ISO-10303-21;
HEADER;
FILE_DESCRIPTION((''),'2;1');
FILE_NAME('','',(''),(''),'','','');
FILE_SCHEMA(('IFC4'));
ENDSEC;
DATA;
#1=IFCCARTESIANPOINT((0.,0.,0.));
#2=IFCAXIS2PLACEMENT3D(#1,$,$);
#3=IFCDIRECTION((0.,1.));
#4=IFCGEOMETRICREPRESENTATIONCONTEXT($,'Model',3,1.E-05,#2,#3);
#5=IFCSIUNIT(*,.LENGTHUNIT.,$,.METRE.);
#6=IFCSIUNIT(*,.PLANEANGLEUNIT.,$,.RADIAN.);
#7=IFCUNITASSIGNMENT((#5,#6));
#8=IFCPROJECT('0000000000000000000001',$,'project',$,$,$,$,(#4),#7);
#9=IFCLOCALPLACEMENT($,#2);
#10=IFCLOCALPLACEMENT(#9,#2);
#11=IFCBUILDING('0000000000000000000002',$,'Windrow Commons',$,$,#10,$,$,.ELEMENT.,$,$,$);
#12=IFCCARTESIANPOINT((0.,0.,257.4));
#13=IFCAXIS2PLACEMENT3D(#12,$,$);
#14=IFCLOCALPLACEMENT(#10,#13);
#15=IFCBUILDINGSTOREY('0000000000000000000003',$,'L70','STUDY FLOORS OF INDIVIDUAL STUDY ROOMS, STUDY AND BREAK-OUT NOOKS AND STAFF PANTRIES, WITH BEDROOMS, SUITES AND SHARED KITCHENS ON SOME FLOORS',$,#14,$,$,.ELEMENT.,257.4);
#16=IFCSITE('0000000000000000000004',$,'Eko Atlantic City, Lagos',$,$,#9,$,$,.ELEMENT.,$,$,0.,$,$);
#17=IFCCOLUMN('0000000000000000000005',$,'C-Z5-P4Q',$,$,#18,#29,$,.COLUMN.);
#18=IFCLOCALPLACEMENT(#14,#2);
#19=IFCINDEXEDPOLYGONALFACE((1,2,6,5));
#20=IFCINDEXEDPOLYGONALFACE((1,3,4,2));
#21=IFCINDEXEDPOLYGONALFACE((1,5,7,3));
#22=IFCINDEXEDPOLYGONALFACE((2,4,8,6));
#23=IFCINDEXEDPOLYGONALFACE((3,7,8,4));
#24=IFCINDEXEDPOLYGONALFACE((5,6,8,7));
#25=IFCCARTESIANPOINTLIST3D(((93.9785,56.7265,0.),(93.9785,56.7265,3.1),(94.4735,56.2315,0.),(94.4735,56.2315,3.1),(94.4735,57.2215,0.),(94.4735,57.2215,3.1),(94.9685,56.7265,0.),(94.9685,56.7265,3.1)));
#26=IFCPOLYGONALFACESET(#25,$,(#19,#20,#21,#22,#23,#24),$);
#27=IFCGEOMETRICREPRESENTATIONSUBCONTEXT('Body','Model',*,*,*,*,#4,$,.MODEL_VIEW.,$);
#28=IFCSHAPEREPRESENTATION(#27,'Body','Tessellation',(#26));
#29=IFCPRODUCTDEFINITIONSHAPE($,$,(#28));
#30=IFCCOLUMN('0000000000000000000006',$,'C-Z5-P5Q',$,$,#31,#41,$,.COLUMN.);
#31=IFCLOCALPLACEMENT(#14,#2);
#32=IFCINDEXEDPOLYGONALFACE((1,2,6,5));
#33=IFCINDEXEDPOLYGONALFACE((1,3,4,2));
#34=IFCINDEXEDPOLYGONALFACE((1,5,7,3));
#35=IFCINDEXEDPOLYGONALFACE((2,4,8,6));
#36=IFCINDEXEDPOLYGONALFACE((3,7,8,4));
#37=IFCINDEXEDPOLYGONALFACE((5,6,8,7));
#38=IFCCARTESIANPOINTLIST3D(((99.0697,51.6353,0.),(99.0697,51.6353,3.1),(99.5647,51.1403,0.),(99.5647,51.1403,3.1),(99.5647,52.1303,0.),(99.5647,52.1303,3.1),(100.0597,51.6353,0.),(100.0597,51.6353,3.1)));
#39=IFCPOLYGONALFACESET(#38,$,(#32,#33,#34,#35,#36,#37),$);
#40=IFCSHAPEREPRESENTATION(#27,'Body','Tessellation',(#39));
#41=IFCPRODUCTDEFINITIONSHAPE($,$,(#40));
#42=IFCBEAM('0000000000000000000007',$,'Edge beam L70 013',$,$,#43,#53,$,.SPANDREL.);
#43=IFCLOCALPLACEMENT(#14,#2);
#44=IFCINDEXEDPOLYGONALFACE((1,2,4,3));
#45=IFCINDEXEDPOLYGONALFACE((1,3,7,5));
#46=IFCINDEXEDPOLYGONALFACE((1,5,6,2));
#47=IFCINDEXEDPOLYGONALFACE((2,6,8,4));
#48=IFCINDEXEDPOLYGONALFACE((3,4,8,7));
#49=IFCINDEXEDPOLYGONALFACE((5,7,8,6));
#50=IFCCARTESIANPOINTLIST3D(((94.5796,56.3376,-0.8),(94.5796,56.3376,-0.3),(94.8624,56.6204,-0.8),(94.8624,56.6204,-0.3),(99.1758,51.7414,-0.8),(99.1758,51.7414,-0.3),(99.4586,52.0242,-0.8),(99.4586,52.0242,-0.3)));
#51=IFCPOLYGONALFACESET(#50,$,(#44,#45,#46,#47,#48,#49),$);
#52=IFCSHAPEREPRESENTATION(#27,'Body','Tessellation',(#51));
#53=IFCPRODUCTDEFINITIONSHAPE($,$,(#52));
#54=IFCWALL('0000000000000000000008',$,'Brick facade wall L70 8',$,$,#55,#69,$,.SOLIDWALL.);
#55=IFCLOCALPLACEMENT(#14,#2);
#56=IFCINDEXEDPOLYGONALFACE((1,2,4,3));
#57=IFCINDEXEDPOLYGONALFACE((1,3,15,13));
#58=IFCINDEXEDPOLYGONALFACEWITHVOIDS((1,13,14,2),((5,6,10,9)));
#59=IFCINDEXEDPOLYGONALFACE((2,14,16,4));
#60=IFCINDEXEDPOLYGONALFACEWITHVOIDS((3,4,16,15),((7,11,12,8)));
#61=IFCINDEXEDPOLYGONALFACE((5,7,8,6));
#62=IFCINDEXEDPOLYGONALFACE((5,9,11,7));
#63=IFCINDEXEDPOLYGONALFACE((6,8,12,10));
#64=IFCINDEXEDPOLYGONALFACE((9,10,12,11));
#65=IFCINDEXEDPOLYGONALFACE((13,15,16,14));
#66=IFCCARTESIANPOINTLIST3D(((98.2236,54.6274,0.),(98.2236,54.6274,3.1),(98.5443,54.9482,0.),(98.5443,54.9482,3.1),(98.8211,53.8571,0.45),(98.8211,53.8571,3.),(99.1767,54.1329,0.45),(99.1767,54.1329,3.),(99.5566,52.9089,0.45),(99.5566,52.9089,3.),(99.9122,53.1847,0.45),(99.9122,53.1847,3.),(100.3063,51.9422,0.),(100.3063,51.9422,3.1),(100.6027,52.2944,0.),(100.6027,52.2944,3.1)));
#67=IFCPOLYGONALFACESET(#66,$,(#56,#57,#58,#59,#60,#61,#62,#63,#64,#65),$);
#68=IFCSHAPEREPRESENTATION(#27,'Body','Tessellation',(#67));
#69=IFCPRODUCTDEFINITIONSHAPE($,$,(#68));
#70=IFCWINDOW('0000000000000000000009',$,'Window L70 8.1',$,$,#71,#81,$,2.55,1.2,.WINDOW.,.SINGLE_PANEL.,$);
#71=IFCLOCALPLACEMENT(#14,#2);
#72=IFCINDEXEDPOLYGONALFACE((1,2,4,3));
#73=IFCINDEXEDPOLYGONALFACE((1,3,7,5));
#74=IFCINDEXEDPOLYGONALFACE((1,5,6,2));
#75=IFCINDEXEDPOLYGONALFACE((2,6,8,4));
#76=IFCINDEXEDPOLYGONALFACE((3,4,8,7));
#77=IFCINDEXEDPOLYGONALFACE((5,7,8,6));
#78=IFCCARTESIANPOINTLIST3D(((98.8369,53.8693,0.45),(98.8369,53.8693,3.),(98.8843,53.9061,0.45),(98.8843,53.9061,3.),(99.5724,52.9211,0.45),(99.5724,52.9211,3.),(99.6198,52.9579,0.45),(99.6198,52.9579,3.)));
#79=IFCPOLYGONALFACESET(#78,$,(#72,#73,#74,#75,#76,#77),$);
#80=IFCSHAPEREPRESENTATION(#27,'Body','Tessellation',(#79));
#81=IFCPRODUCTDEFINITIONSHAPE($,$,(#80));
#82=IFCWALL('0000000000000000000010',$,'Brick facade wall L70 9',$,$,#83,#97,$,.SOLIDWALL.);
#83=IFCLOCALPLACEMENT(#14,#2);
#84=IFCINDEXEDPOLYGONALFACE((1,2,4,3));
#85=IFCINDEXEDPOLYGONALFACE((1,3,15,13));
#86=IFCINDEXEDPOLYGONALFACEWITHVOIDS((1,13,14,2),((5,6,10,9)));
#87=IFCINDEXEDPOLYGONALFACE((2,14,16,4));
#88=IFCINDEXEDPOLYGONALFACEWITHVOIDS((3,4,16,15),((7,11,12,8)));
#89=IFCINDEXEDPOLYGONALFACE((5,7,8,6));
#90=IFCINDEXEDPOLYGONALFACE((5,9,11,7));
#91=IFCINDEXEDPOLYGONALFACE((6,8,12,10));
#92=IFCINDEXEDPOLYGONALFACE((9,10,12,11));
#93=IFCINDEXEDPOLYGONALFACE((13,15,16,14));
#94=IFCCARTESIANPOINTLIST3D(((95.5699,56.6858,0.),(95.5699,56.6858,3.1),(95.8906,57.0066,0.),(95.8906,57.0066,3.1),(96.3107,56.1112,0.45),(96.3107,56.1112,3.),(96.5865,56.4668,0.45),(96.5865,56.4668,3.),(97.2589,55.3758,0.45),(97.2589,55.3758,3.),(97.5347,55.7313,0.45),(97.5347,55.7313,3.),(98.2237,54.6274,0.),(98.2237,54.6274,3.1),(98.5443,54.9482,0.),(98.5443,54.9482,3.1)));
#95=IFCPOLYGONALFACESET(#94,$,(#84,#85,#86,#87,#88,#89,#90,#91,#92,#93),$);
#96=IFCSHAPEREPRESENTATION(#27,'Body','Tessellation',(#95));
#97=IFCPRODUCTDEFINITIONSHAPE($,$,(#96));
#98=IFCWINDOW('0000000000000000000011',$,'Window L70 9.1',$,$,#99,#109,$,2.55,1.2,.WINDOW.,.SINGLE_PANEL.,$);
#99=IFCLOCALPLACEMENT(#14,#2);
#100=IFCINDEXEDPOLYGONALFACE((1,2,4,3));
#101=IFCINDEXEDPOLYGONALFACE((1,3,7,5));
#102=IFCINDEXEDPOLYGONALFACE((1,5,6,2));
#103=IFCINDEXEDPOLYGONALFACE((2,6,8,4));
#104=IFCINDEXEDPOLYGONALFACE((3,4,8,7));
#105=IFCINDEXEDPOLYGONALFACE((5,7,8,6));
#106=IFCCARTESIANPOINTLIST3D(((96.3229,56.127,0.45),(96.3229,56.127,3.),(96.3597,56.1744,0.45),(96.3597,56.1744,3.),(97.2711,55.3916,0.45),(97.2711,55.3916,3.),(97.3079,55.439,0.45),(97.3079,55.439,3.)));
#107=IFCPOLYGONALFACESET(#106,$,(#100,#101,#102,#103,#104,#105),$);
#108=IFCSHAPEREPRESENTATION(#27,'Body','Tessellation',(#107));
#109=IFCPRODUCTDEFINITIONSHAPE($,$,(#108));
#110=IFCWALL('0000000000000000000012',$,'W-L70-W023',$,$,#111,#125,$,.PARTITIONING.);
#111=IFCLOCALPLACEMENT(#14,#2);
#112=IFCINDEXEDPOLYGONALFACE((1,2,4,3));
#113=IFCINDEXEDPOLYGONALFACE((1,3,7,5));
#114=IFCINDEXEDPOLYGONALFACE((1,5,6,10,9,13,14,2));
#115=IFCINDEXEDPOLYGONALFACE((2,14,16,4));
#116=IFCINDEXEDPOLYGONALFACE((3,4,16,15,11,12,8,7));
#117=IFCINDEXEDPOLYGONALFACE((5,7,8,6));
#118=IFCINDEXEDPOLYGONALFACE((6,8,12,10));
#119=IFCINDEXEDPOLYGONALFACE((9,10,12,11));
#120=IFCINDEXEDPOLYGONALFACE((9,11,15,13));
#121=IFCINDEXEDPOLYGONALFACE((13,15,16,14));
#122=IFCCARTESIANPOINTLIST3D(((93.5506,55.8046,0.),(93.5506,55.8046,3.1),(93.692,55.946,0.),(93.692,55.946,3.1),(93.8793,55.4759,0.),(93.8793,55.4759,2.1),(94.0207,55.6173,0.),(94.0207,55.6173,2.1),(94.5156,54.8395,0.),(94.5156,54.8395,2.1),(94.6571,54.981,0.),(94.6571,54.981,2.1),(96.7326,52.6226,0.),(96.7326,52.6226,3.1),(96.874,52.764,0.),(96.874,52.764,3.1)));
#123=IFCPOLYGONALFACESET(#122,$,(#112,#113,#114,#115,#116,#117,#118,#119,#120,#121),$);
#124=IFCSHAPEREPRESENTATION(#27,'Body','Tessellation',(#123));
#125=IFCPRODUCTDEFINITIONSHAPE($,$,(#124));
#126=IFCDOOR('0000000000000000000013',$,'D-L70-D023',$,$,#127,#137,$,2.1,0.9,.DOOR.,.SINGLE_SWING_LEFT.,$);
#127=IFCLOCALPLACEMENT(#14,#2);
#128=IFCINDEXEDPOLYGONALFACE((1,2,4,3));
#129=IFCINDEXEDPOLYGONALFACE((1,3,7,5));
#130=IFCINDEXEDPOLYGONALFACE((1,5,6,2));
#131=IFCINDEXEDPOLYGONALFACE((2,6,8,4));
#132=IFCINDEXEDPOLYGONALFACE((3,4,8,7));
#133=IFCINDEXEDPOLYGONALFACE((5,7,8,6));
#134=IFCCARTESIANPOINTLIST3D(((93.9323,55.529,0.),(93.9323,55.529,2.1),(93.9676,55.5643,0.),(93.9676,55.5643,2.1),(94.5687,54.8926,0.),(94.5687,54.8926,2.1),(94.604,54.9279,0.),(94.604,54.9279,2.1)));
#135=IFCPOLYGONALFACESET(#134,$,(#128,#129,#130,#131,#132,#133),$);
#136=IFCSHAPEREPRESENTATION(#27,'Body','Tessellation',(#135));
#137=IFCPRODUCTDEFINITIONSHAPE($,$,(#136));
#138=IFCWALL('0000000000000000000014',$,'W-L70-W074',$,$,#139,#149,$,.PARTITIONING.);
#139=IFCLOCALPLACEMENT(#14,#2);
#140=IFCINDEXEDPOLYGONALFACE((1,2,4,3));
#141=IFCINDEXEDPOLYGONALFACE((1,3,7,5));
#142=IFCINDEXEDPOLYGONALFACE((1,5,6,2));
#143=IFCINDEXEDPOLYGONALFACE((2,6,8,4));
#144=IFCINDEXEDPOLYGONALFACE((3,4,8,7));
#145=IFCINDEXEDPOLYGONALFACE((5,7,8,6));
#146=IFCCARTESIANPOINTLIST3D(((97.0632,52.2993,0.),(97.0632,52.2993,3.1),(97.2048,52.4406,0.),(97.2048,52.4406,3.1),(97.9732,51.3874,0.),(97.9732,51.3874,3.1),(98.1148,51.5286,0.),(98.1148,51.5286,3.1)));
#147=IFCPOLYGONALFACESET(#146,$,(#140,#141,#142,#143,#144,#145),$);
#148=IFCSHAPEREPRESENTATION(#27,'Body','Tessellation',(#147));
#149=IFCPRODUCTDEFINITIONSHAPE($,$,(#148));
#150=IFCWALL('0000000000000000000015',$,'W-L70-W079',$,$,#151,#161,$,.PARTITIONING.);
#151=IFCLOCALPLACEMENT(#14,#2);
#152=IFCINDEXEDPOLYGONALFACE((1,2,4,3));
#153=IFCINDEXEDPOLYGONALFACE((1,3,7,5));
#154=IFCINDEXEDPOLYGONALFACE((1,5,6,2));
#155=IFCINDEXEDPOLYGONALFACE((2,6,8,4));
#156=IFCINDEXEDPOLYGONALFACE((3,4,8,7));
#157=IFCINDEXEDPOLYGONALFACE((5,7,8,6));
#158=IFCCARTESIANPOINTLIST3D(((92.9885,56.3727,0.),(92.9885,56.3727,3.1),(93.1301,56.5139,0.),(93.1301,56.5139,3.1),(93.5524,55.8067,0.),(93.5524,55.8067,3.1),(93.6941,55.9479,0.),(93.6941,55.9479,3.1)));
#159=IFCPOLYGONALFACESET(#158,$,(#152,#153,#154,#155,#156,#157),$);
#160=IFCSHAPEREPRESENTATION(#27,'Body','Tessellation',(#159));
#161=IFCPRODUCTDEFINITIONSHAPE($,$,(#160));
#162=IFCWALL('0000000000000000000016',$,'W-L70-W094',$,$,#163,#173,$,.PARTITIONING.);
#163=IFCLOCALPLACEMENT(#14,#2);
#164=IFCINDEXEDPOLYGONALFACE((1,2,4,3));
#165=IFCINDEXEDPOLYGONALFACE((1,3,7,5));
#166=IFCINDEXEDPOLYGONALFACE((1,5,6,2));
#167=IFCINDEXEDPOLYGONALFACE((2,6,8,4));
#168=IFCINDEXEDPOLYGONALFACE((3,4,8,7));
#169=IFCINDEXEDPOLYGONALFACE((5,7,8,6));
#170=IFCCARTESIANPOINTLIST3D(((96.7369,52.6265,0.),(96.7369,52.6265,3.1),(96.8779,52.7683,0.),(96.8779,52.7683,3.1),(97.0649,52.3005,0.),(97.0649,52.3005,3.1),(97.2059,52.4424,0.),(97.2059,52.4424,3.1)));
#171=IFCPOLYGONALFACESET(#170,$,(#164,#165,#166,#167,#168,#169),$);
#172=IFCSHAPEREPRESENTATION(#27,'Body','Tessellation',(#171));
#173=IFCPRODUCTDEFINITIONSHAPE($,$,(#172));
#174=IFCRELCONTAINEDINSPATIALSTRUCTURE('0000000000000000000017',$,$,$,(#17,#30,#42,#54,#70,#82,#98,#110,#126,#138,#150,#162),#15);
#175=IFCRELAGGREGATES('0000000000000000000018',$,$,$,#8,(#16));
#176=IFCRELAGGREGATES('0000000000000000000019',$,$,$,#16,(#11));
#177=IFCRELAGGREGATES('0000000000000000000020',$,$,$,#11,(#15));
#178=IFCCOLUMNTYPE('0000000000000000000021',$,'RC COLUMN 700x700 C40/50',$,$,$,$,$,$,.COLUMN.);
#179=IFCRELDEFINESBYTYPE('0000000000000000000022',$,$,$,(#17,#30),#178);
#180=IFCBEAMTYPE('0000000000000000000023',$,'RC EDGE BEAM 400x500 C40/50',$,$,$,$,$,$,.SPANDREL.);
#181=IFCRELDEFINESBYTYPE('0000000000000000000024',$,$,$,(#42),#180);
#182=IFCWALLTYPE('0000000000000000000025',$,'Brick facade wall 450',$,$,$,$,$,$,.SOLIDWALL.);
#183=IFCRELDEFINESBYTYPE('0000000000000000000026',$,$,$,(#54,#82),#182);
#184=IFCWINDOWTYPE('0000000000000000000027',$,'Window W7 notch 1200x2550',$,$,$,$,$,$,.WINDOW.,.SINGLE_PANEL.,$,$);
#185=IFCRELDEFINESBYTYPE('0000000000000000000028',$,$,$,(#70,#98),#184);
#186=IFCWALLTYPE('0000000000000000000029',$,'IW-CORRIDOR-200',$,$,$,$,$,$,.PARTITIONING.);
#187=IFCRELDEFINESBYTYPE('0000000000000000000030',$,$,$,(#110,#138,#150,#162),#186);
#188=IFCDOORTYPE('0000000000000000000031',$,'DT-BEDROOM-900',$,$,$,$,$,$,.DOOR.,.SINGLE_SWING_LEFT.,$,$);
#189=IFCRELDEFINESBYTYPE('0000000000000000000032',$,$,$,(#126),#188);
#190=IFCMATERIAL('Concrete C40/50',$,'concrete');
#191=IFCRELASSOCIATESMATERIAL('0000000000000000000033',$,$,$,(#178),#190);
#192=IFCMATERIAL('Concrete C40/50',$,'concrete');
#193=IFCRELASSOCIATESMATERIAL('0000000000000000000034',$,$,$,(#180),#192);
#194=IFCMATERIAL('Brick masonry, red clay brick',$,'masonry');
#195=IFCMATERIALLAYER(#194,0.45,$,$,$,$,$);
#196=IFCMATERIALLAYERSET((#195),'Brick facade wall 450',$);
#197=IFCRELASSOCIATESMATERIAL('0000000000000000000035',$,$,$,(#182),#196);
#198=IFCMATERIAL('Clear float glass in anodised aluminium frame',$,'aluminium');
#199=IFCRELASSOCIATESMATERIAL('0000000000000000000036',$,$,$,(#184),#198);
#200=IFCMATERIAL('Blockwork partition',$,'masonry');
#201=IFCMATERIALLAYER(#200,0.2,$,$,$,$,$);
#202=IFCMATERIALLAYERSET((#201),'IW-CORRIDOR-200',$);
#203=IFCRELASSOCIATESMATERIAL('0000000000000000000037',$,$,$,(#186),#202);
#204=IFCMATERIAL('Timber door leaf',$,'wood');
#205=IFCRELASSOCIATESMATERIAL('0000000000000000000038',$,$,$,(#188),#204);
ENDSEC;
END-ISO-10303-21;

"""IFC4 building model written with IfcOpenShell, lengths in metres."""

from ifc_helpers import new_model, si_unit, direction, frame, frame_2d, origin, origin_2d, place, context, subcontext, project, spatial, polyline, rectangle, outline, extrude, material, layer, layer_set, material_profile, profile_set, type_object, element, fill, save


model = new_model("IFC4")

# Units and contexts
model_context = context("Model", 3, precision=1e-05, world=origin(), true_north=direction((0.0, 1.0)))
body_context = subcontext(model_context, "Body", "Model", "MODEL_VIEW")
ifc_project = project(units=[si_unit("LENGTHUNIT", "METRE"), si_unit("PLANEANGLEUNIT", "RADIAN")], contexts=[model_context])

# Site, building, storey
site_placement = place(None, origin())
site = spatial("IfcSite", under=ifc_project, at=site_placement, Name="Eko Atlantic City, Lagos", CompositionType="ELEMENT", RefElevation=0.0)
building_placement = place(site_placement, origin())
building = spatial("IfcBuilding", under=site, at=building_placement, Name="Windrow Commons", CompositionType="ELEMENT")
storey_placement = place(building_placement, frame((0.0, 0.0, 257.4)))
storey = spatial("IfcBuildingStorey", under=building, at=storey_placement, Name="L70", Description="STUDY FLOORS OF INDIVIDUAL STUDY ROOMS, STUDY AND BREAK-OUT NOOKS AND STAFF PANTRIES, WITH BEDROOMS, SUITES AND SHARED KITCHENS ON SOME FLOORS", CompositionType="ELEMENT", Elevation=257.4)

# Columns
ifc_material_1 = material(Name="Concrete C40/50", Category="concrete")
ifc_material_profile_1 = material_profile(ifc_material_1, rectangle(XDim=0.7, YDim=0.7, at=origin_2d()))
ifc_profile_set_1 = profile_set([ifc_material_profile_1], Name="Concrete C40/50")
column_type = type_object("IfcColumnType", Name="RC COLUMN 700x700 C40/50", PredefinedType="COLUMN", material=ifc_profile_set_1)
for number, where, z_axis, x_axis, name in (
    (1, (94.4735, 56.7265, 0.0), (0.0, 0.0, 1.0), (0.707107, -0.707107, 0.0), "C-Z5-P4Q"),
    (2, (99.5647, 51.6353, 0.0), (0.0, 0.0, 1.0), (0.707107, -0.707107, 0.0), "C-Z5-P5Q"),
):
    element("IfcColumn", number, at=place(storey_placement, frame(where, z_axis=z_axis, x_axis=x_axis)), inside=storey, type_object=column_type, Name=name, PredefinedType="COLUMN", context=body_context, shape_type="SweptSolid", body=[
        extrude(rectangle(XDim=0.7, YDim=0.7, at=origin_2d()), origin(), (0.0, 0.0, 1.0), 3.1),
    ])

# Beam
ifc_material_2 = material(Name="Concrete C40/50", Category="concrete")
ifc_material_profile_2 = material_profile(ifc_material_2, rectangle(XDim=0.4, YDim=0.5, at=origin_2d()))
ifc_profile_set_2 = profile_set([ifc_material_profile_2], Name="Concrete C40/50")
beam_type = type_object("IfcBeamType", Name="RC EDGE BEAM 400x500 C40/50", PredefinedType="SPANDREL", material=ifc_profile_set_2)
beam_placement = place(storey_placement, frame((94.721, 56.479, -0.55), z_axis=(0.707107, -0.707107, 0.0), x_axis=(0.707107, 0.707107, 0.0)))
element("IfcBeam", 3, at=beam_placement, inside=storey, type_object=beam_type, Name="Edge beam L70 013", PredefinedType="SPANDREL", context=body_context, shape_type="SweptSolid", body=[
    extrude(rectangle(XDim=0.4, YDim=0.5, at=origin_2d()), origin(), (0.0, 0.0, 1.0), 6.5),
])

# Walls, openings, windows
ifc_material_3 = material(Name="Brick masonry, red clay brick", Category="masonry")
ifc_layer_1 = layer(ifc_material_3, 0.45)
ifc_layer_set_1 = layer_set([ifc_layer_1], Name="Brick facade wall 450")
wall_type_1 = type_object("IfcWallType", Name="Brick facade wall 450", PredefinedType="SOLIDWALL", material=ifc_layer_set_1)
wall_1_placement = place(storey_placement, frame((100.4545, 52.1183, 0.0), z_axis=(0.0, 0.0, 1.0), x_axis=(-0.612874, 0.79018, 0.0)))
wall_1 = element("IfcWall", 4, at=wall_1_placement, inside=storey, type_object=wall_type_1, Name="Brick facade wall L70 8", PredefinedType="SOLIDWALL", context=body_context, shape_type="SweptSolid", body=[
    extrude(outline(polyline([(0.0483, -0.225), (3.4068, -0.225), (3.3499, 0.225), (-0.0483, 0.225), (0.0483, -0.225)])), origin(), (0.0, 0.0, 1.0), 3.1),
])
opening_1_placement = place(wall_1_placement, frame((1.175, 0.0, 0.45)))
opening_1 = element("IfcOpeningElement", 5, at=opening_1_placement, cuts=wall_1, PredefinedType="OPENING", context=body_context, shape_type="SweptSolid", body=[
    extrude(rectangle(XDim=1.2, YDim=2.55, at=frame_2d((0.6, 1.275))), frame((0.0, 0.235, 0.0), z_axis=(0.0, -1.0, 0.0), x_axis=(1.0, 0.0, 0.0)), (0.0, 0.0, 1.0), 0.47),
])
ifc_material_4 = material(Name="Clear float glass in anodised aluminium frame", Category="aluminium")
window_type = type_object("IfcWindowType", Name="Window W7 notch 1200x2550", PartitioningType="SINGLE_PANEL", PredefinedType="WINDOW", material=ifc_material_4)
window_1_placement = place(opening_1_placement, origin())
window_1 = element("IfcWindow", 6, at=window_1_placement, inside=storey, type_object=window_type, Name="Window L70 8.1", OverallHeight=2.55, OverallWidth=1.2, PartitioningType="SINGLE_PANEL", PredefinedType="WINDOW", context=body_context, shape_type="SweptSolid", body=[
    extrude(rectangle(XDim=1.2, YDim=2.55, at=frame_2d((0.6, 1.275))), frame((0.0, 0.205, 0.0), z_axis=(0.0, -1.0, 0.0), x_axis=(1.0, 0.0, 0.0)), (0.0, 0.0, 1.0), 0.06),
])
fill(opening_1, window_1)
wall_2_placement = place(storey_placement, frame((98.384, 54.7878, 0.0), z_axis=(0.0, 0.0, 1.0), x_axis=(-0.790169, 0.612889, 0.0)))
wall_2 = element("IfcWall", 7, at=wall_2_placement, inside=storey, type_object=wall_type_1, Name="Brick facade wall L70 9", PredefinedType="SOLIDWALL", context=body_context, shape_type="SweptSolid", body=[
    extrude(outline(polyline([(-0.0284, -0.225), (3.3301, -0.225), (3.3869, 0.225), (0.0284, 0.225), (-0.0284, -0.225)])), origin(), (0.0, 0.0, 1.0), 3.1),
])
opening_2_placement = place(wall_2_placement, frame((1.2494, 0.0, 0.45)))
opening_2 = element("IfcOpeningElement", 8, at=opening_2_placement, cuts=wall_2, PredefinedType="OPENING", context=body_context, shape_type="SweptSolid", body=[
    extrude(rectangle(XDim=1.2, YDim=2.55, at=frame_2d((0.6, 1.275))), frame((0.0, 0.235, 0.0), z_axis=(0.0, -1.0, 0.0), x_axis=(1.0, 0.0, 0.0)), (0.0, 0.0, 1.0), 0.47),
])
window_2_placement = place(opening_2_placement, origin())
window_2 = element("IfcWindow", 9, at=window_2_placement, inside=storey, type_object=window_type, Name="Window L70 9.1", OverallHeight=2.55, OverallWidth=1.2, PartitioningType="SINGLE_PANEL", PredefinedType="WINDOW", context=body_context, shape_type="SweptSolid", body=[
    extrude(rectangle(XDim=1.2, YDim=2.55, at=frame_2d((0.6, 1.275))), frame((0.0, 0.205, 0.0), z_axis=(0.0, -1.0, 0.0), x_axis=(1.0, 0.0, 0.0)), (0.0, 0.0, 1.0), 0.06),
])
fill(opening_2, window_2)

# Wall, opening, door
ifc_material_5 = material(Name="Blockwork partition", Category="masonry")
ifc_layer_2 = layer(ifc_material_5, 0.2)
ifc_layer_set_2 = layer_set([ifc_layer_2], Name="IW-CORRIDOR-200")
wall_type_2 = type_object("IfcWallType", Name="IW-CORRIDOR-200", PredefinedType="PARTITIONING", material=ifc_layer_set_2)
wall_3_placement = place(storey_placement, frame((93.6213, 55.8753, 0.0), z_axis=(0.0, 0.0, 1.0), x_axis=(0.707107, -0.707107, 0.0)))
wall_3 = element("IfcWall", 10, at=wall_3_placement, inside=storey, type_object=wall_type_2, Name="W-L70-W023", PredefinedType="PARTITIONING", context=body_context, shape_type="SweptSolid", body=[
    extrude(rectangle(XDim=4.5, YDim=0.2, at=frame_2d((2.25, 0.0))), origin(), (0.0, 0.0, 1.0), 3.1),
])
opening_3_placement = place(wall_3_placement, frame((0.4648, 0.0, 0.0)))
opening_3 = element("IfcOpeningElement", 11, at=opening_3_placement, cuts=wall_3, PredefinedType="OPENING", context=body_context, shape_type="SweptSolid", body=[
    extrude(rectangle(XDim=0.9, YDim=2.1, at=frame_2d((0.45, 1.05))), frame((0.0, 0.11, 0.0), z_axis=(0.0, -1.0, 0.0), x_axis=(1.0, 0.0, 0.0)), (0.0, 0.0, 1.0), 0.22),
])
ifc_material_6 = material(Name="Timber door leaf", Category="wood")
door_type_1 = type_object("IfcDoorType", Name="DT-BEDROOM-900", OperationType="SINGLE_SWING_LEFT", PredefinedType="DOOR", material=ifc_material_6)
door_1_placement = place(opening_3_placement, origin())
door_1 = element("IfcDoor", 12, at=door_1_placement, inside=storey, type_object=door_type_1, Name="D-L70-D023", OperationType="SINGLE_SWING_LEFT", OverallHeight=2.1, OverallWidth=0.9, PredefinedType="DOOR", context=body_context, shape_type="SweptSolid", body=[
    extrude(rectangle(XDim=0.9, YDim=2.1, at=frame_2d((0.45, 1.05))), frame((0.0, 0.025, 0.0), z_axis=(0.0, -1.0, 0.0), x_axis=(1.0, 0.0, 0.0)), (0.0, 0.0, 1.0), 0.05),
])
fill(opening_3, door_1)

# Walls
wall_4_placement = place(storey_placement, frame((97.134, 52.37, 0.0), z_axis=(0.0, 0.0, 1.0), x_axis=(0.70633, -0.707883, 0.0)))
element("IfcWall", 13, at=wall_4_placement, inside=storey, type_object=wall_type_2, Name="W-L70-W074", PredefinedType="PARTITIONING", context=body_context, shape_type="SweptSolid", body=[
    extrude(rectangle(XDim=1.2883, YDim=0.2, at=frame_2d((0.6442, 0.0))), origin(), (0.0, 0.0, 1.0), 3.1),
])
wall_5_placement = place(storey_placement, frame((93.0593, 56.4433, 0.0), z_axis=(0.0, 0.0, 1.0), x_axis=(0.705854, -0.708357, 0.0)))
element("IfcWall", 14, at=wall_5_placement, inside=storey, type_object=wall_type_2, Name="W-L70-W079", PredefinedType="PARTITIONING", context=body_context, shape_type="SweptSolid", body=[
    extrude(rectangle(XDim=0.799, YDim=0.2, at=frame_2d((0.3995, 0.0))), origin(), (0.0, 0.0, 1.0), 3.1),
])
wall_6_placement = place(storey_placement, frame((96.8074, 52.6974, 0.0), z_axis=(0.0, 0.0, 1.0), x_axis=(0.709266, -0.704941, 0.0)))
element("IfcWall", 15, at=wall_6_placement, inside=storey, type_object=wall_type_2, Name="W-L70-W094", PredefinedType="PARTITIONING", context=body_context, shape_type="SweptSolid", body=[
    extrude(rectangle(XDim=0.4624, YDim=0.2, at=frame_2d((0.2312, 0.0))), origin(), (0.0, 0.0, 1.0), 3.1),
])

save(model, "model.ifc")
